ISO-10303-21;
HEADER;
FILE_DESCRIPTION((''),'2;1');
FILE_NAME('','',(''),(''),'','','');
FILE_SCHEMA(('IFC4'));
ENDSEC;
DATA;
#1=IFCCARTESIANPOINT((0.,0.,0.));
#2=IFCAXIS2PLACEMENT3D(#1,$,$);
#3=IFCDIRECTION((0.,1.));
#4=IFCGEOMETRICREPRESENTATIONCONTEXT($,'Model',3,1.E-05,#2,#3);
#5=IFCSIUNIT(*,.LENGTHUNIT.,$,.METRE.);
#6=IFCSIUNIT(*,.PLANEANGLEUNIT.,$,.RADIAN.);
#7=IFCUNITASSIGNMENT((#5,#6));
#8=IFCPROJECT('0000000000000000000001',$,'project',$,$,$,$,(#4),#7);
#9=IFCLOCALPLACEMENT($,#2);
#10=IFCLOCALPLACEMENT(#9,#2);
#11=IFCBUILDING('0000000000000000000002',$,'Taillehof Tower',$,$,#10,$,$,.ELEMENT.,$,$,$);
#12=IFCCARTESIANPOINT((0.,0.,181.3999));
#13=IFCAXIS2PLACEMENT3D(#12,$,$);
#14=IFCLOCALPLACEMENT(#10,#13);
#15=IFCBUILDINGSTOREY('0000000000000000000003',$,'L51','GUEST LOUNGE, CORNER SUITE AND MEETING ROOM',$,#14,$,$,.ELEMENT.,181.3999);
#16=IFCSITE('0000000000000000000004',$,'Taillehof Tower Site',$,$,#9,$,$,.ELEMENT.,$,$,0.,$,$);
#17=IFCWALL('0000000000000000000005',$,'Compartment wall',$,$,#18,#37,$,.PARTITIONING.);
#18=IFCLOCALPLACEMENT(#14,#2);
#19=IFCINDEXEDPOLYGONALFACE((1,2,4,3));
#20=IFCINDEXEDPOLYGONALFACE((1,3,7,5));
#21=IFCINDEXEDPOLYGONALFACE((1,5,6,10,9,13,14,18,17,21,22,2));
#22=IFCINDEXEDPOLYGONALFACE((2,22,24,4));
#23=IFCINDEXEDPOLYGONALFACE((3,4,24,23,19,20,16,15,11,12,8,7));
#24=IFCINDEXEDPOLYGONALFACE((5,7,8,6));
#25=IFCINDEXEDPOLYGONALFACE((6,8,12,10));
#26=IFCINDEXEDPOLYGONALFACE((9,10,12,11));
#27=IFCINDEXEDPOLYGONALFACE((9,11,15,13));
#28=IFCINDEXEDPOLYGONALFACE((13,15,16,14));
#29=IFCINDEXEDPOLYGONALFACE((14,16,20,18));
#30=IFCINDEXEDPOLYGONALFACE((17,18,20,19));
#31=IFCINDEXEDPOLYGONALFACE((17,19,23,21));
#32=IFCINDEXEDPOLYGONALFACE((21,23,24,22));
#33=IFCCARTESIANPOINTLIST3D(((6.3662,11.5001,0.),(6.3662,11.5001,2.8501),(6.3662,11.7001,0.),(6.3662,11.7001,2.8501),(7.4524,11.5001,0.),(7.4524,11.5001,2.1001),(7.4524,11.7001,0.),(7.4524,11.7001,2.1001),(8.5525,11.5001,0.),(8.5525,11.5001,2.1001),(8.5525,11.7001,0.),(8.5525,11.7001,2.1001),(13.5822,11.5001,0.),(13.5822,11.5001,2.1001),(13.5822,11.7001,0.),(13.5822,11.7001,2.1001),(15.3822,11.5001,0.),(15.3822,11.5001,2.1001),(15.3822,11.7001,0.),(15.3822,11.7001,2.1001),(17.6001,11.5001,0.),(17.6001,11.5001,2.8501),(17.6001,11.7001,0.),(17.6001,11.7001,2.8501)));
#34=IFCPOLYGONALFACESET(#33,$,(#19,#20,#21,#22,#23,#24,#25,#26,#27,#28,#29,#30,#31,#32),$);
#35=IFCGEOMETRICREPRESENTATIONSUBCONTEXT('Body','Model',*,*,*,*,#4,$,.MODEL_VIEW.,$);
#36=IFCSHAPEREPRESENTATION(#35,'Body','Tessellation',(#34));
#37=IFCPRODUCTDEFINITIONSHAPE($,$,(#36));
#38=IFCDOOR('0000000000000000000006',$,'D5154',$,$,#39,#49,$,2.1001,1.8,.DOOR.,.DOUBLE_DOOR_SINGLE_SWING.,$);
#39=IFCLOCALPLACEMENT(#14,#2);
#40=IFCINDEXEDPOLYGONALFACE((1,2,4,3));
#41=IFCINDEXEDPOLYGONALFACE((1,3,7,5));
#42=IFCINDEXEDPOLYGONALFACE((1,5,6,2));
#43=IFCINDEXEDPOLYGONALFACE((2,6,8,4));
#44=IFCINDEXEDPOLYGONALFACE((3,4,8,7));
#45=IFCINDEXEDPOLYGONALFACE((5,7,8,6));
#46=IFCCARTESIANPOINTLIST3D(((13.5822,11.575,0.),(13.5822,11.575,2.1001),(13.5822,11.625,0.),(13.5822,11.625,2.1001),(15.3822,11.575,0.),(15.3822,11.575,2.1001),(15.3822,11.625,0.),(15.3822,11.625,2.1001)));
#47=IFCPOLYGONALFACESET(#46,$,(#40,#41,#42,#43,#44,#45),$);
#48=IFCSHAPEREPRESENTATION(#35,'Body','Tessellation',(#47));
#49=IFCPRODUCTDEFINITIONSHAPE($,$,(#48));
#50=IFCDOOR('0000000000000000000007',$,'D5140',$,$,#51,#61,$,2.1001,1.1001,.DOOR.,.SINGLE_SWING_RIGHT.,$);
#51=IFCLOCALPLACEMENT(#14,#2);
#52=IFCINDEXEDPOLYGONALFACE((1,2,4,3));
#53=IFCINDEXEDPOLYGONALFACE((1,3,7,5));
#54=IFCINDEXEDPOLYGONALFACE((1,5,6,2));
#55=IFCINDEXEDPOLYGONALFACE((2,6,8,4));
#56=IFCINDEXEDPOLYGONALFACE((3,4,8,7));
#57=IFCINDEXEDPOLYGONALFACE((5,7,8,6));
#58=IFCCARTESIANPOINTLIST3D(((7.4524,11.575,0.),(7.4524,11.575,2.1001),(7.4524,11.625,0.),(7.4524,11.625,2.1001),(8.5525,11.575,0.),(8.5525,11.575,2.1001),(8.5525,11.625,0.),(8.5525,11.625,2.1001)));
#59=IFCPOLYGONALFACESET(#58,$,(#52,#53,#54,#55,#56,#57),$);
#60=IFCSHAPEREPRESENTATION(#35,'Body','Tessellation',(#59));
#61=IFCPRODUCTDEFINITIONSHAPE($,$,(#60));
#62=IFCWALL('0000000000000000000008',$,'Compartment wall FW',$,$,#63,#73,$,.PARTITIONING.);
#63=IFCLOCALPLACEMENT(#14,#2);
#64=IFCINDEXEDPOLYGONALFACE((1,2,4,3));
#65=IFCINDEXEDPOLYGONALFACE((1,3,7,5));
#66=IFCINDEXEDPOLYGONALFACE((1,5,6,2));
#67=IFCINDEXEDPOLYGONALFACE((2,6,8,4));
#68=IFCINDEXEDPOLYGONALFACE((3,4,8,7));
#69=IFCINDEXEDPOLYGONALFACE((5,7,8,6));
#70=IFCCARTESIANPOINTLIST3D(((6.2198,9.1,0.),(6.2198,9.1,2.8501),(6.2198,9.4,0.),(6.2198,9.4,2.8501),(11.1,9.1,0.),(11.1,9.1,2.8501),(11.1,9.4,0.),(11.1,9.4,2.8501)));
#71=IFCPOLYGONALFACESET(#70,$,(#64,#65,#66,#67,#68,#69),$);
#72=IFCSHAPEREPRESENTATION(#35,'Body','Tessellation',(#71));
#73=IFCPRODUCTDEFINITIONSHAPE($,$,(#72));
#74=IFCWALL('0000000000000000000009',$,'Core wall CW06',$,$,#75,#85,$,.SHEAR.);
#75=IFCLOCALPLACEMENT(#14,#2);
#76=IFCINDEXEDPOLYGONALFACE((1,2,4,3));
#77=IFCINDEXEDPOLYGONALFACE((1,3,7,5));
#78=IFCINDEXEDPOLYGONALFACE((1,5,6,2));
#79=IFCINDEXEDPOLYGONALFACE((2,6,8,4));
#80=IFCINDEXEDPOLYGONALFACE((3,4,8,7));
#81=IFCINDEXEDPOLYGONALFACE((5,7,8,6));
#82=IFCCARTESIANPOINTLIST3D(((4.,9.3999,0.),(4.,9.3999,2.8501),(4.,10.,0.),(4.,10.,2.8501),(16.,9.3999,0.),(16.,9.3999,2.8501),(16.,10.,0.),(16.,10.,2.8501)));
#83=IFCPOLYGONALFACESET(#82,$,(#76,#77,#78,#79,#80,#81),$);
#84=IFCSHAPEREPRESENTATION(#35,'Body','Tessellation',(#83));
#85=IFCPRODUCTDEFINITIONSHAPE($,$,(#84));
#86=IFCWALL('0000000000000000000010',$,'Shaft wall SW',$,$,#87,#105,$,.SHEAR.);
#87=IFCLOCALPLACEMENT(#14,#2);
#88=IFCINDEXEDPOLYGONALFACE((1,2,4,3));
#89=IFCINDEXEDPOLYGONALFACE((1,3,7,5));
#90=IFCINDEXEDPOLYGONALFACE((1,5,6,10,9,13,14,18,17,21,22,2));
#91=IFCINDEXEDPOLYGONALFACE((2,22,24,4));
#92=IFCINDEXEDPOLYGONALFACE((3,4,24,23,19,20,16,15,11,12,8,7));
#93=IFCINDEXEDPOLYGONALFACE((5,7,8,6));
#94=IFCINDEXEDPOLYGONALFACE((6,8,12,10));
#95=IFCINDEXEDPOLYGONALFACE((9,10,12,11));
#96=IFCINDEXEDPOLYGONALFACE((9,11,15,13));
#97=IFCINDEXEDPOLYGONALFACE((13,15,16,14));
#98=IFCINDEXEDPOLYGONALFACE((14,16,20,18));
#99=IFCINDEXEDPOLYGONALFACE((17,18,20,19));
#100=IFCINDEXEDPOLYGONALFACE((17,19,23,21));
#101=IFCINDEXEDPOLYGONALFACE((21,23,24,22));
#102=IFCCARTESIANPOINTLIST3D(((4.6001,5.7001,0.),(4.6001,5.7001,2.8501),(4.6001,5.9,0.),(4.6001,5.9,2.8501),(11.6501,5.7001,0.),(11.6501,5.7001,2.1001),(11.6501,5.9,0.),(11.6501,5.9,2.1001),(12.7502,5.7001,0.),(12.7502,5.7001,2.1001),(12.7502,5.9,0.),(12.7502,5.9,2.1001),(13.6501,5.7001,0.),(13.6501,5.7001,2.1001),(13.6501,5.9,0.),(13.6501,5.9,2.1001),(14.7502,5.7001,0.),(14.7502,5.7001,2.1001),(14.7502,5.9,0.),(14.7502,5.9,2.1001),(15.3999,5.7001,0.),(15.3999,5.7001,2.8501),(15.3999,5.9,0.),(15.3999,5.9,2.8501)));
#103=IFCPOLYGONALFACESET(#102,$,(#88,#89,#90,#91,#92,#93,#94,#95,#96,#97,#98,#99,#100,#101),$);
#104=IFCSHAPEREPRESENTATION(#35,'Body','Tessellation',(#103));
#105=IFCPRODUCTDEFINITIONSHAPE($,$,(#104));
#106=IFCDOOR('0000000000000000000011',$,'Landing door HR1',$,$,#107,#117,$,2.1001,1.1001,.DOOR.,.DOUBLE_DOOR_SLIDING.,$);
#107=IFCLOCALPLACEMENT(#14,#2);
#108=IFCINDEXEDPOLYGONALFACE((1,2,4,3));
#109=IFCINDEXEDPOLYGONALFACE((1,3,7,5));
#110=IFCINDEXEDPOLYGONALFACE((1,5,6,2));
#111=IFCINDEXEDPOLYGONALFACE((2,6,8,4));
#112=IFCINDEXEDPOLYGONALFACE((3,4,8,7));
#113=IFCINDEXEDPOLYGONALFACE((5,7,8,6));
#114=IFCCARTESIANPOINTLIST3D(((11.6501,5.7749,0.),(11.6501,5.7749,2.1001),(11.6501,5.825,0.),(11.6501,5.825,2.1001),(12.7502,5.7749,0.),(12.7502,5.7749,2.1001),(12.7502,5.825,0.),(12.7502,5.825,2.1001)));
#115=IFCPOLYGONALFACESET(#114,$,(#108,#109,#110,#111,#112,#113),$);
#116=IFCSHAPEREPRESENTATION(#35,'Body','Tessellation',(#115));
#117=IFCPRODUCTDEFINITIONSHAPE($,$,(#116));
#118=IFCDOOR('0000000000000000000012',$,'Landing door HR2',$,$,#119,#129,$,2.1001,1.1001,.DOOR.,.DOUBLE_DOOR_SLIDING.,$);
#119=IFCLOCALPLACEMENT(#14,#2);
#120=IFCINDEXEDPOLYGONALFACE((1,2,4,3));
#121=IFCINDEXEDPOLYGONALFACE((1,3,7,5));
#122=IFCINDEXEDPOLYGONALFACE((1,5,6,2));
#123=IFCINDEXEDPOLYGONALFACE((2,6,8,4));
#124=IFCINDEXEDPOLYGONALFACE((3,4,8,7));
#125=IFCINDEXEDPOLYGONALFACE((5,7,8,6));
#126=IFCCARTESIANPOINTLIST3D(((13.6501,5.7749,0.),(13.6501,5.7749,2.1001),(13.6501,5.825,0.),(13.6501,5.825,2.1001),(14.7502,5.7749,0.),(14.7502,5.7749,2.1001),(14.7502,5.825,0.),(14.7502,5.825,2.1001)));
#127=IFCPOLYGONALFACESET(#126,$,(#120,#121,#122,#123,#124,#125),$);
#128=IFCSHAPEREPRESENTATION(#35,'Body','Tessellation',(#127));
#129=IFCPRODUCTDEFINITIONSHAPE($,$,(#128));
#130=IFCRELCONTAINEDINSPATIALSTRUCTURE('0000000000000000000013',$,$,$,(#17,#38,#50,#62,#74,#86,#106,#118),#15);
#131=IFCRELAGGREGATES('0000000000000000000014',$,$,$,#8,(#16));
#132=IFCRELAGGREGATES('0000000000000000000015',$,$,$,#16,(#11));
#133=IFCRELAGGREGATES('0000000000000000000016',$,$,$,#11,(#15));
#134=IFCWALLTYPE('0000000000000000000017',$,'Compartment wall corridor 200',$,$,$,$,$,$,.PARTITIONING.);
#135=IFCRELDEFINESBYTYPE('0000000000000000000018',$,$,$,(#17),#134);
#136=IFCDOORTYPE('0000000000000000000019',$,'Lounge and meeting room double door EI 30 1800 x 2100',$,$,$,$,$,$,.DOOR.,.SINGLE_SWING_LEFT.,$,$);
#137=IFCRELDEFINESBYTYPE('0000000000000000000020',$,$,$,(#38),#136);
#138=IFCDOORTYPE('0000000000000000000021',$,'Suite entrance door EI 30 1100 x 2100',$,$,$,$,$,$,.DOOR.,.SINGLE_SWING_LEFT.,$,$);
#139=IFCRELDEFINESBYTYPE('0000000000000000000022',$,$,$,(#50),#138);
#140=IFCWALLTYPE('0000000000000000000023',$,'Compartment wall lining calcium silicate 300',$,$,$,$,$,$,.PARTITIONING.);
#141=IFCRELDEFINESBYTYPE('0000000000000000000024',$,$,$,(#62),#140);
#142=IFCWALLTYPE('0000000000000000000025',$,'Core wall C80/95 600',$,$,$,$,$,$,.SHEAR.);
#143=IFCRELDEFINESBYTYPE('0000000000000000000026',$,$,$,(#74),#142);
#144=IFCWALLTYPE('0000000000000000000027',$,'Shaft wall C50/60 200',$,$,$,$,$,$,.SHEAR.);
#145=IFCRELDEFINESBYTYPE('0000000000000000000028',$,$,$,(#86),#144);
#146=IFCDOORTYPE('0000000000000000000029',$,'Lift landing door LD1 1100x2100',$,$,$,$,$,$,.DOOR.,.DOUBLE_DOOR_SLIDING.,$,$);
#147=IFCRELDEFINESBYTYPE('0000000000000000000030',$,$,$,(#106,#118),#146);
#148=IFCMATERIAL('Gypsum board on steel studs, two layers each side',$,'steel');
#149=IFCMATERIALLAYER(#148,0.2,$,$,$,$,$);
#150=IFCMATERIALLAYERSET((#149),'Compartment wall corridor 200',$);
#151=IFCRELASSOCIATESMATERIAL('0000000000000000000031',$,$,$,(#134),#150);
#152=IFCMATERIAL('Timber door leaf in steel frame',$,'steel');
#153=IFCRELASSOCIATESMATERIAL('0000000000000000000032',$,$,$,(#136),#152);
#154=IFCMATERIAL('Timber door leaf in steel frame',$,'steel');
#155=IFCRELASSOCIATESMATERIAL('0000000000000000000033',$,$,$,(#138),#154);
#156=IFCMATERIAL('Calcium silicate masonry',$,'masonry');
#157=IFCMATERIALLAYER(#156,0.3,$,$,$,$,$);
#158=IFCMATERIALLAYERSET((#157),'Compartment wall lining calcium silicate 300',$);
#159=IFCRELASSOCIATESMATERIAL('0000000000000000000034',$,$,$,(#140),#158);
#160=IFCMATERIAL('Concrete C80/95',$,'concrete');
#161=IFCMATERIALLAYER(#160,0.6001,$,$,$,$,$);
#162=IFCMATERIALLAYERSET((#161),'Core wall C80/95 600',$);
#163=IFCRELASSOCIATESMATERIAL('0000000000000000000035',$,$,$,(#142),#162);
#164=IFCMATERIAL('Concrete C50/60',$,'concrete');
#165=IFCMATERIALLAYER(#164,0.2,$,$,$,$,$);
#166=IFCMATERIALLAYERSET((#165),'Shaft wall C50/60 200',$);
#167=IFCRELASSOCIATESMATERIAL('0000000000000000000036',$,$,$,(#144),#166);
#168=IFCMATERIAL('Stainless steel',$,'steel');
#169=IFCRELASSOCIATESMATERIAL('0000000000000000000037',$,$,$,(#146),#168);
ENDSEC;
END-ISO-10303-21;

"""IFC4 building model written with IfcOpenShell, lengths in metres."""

from ifc_helpers import new_model, si_unit, direction, frame, frame_2d, origin, place, context, subcontext, project, spatial, rectangle, extrude, material, layer, layer_set, type_object, element, fill, save


model = new_model("IFC4")

# Units and contexts
model_context = context("Model", 3, precision=1e-05, world=origin(), true_north=direction((0.0, 1.0)))
body_context = subcontext(model_context, "Body", "Model", "MODEL_VIEW")
ifc_project = project(units=[si_unit("LENGTHUNIT", "METRE"), si_unit("PLANEANGLEUNIT", "RADIAN")], contexts=[model_context])

# Site, building, storey
site_placement = place(None, origin())
site = spatial("IfcSite", under=ifc_project, at=site_placement, Name="Taillehof Tower Site", CompositionType="ELEMENT", RefElevation=0.0)
building_placement = place(site_placement, origin())
building = spatial("IfcBuilding", under=site, at=building_placement, Name="Taillehof Tower", CompositionType="ELEMENT")
storey_placement = place(building_placement, frame((0.0, 0.0, 181.3999)))
storey = spatial("IfcBuildingStorey", under=building, at=storey_placement, Name="L51", Description="GUEST LOUNGE, CORNER SUITE AND MEETING ROOM", CompositionType="ELEMENT", Elevation=181.3999)

# Wall, openings, doors
ifc_material_1 = material(Name="Gypsum board on steel studs, two layers each side", Category="steel")
ifc_layer_1 = layer(ifc_material_1, 0.2)
ifc_layer_set_1 = layer_set([ifc_layer_1], Name="Compartment wall corridor 200")
wall_type_1 = type_object("IfcWallType", Name="Compartment wall corridor 200", PredefinedType="PARTITIONING", material=ifc_layer_set_1)
wall_1_placement = place(storey_placement, frame((6.3662, 11.6001, 0.0), z_axis=(0.0, 0.0, 1.0), x_axis=(1.0, 0.0, 0.0)))
wall_1 = element("IfcWall", 1, at=wall_1_placement, inside=storey, type_object=wall_type_1, Name="Compartment wall", PredefinedType="PARTITIONING", context=body_context, shape_type="SweptSolid", body=[
    extrude(rectangle(XDim=11.2339, YDim=0.2, at=frame_2d((5.6169, 0.0))), origin(), (0.0, 0.0, 1.0), 2.8501),
])
opening_1_placement = place(wall_1_placement, frame((1.0862, 0.0, 0.0)))
opening_1 = element("IfcOpeningElement", 2, at=opening_1_placement, cuts=wall_1, PredefinedType="OPENING", context=body_context, shape_type="SweptSolid", body=[
    extrude(rectangle(XDim=1.1001, YDim=2.1001, at=frame_2d((0.55, 1.05))), frame((0.0, 0.1099, 0.0), z_axis=(0.0, -1.0, 0.0), x_axis=(1.0, 0.0, 0.0)), (0.0, 0.0, 1.0), 0.22),
])
opening_2_placement = place(wall_1_placement, frame((7.2161, 0.0, 0.0)))
opening_2 = element("IfcOpeningElement", 3, at=opening_2_placement, cuts=wall_1, PredefinedType="OPENING", context=body_context, shape_type="SweptSolid", body=[
    extrude(rectangle(XDim=1.8, YDim=2.1001, at=frame_2d((0.8999, 1.05))), frame((0.0, 0.1099, 0.0), z_axis=(0.0, -1.0, 0.0), x_axis=(1.0, 0.0, 0.0)), (0.0, 0.0, 1.0), 0.22),
])
ifc_material_2 = material(Name="Timber door leaf in steel frame", Category="steel")
door_type_1 = type_object("IfcDoorType", Name="Lounge and meeting room double door EI 30 1800 x 2100", OperationType="SINGLE_SWING_LEFT", PredefinedType="DOOR", material=ifc_material_2)
door_1_placement = place(opening_2_placement, origin())
door_1 = element("IfcDoor", 4, at=door_1_placement, inside=storey, type_object=door_type_1, Name="D5154", OperationType="DOUBLE_DOOR_SINGLE_SWING", OverallHeight=2.1001, OverallWidth=1.8, PredefinedType="DOOR", context=body_context, shape_type="SweptSolid", body=[
    extrude(rectangle(XDim=1.8, YDim=2.1001, at=frame_2d((0.8999, 1.05))), frame((0.0, 0.0249, 0.0), z_axis=(0.0, -1.0, 0.0), x_axis=(1.0, 0.0, 0.0)), (0.0, 0.0, 1.0), 0.05),
])
fill(opening_2, door_1)
ifc_material_3 = material(Name="Timber door leaf in steel frame", Category="steel")
door_type_2 = type_object("IfcDoorType", Name="Suite entrance door EI 30 1100 x 2100", OperationType="SINGLE_SWING_LEFT", PredefinedType="DOOR", material=ifc_material_3)
door_2_placement = place(opening_1_placement, origin())
door_2 = element("IfcDoor", 5, at=door_2_placement, inside=storey, type_object=door_type_2, Name="D5140", OperationType="SINGLE_SWING_RIGHT", OverallHeight=2.1001, OverallWidth=1.1001, PredefinedType="DOOR", context=body_context, shape_type="SweptSolid", body=[
    extrude(rectangle(XDim=1.1001, YDim=2.1001, at=frame_2d((0.55, 1.05))), frame((0.0, 0.0249, 0.0), z_axis=(0.0, -1.0, 0.0), x_axis=(1.0, 0.0, 0.0)), (0.0, 0.0, 1.0), 0.05),
])
fill(opening_1, door_2)

# Walls
ifc_material_4 = material(Name="Calcium silicate masonry", Category="masonry")
ifc_layer_2 = layer(ifc_material_4, 0.3)
ifc_layer_set_2 = layer_set([ifc_layer_2], Name="Compartment wall lining calcium silicate 300")
wall_type_2 = type_object("IfcWallType", Name="Compartment wall lining calcium silicate 300", PredefinedType="PARTITIONING", material=ifc_layer_set_2)
wall_2_placement = place(storey_placement, frame((6.22, 9.25, 0.0), z_axis=(0.0, 0.0, 1.0), x_axis=(1.0, 0.0, 0.0)))
element("IfcWall", 6, at=wall_2_placement, inside=storey, type_object=wall_type_2, Name="Compartment wall FW", PredefinedType="PARTITIONING", context=body_context, shape_type="SweptSolid", body=[
    extrude(rectangle(XDim=4.8801, YDim=0.3, at=frame_2d((2.4399, 0.0))), origin(), (0.0, 0.0, 1.0), 2.8501),
])
ifc_material_5 = material(Name="Concrete C80/95", Category="concrete")
ifc_layer_3 = layer(ifc_material_5, 0.6001)
ifc_layer_set_3 = layer_set([ifc_layer_3], Name="Core wall C80/95 600")
wall_type_3 = type_object("IfcWallType", Name="Core wall C80/95 600", PredefinedType="SHEAR", material=ifc_layer_set_3)
wall_3_placement = place(storey_placement, frame((4.0, 9.7, 0.0), z_axis=(0.0, 0.0, 1.0), x_axis=(1.0, 0.0, 0.0)))
element("IfcWall", 7, at=wall_3_placement, inside=storey, type_object=wall_type_3, Name="Core wall CW06", PredefinedType="SHEAR", context=body_context, shape_type="SweptSolid", body=[
    extrude(rectangle(XDim=12.0, YDim=0.6001, at=frame_2d((6.0, 0.0))), origin(), (0.0, 0.0, 1.0), 2.8501),
])

# Wall, openings, doors
ifc_material_6 = material(Name="Concrete C50/60", Category="concrete")
ifc_layer_4 = layer(ifc_material_6, 0.2)
ifc_layer_set_4 = layer_set([ifc_layer_4], Name="Shaft wall C50/60 200")
wall_type_4 = type_object("IfcWallType", Name="Shaft wall C50/60 200", PredefinedType="SHEAR", material=ifc_layer_set_4)
wall_4_placement = place(storey_placement, frame((4.6001, 5.8, 0.0), z_axis=(0.0, 0.0, 1.0), x_axis=(1.0, 0.0, 0.0)))
wall_4 = element("IfcWall", 8, at=wall_4_placement, inside=storey, type_object=wall_type_4, Name="Shaft wall SW", PredefinedType="SHEAR", context=body_context, shape_type="SweptSolid", body=[
    extrude(rectangle(XDim=10.7998, YDim=0.2, at=frame_2d((5.3999, 0.0))), origin(), (0.0, 0.0, 1.0), 2.8501),
])
opening_3_placement = place(wall_4_placement, frame((7.05, 0.0, 0.0)))
opening_3 = element("IfcOpeningElement", 9, at=opening_3_placement, cuts=wall_4, PredefinedType="OPENING", context=body_context, shape_type="SweptSolid", body=[
    extrude(rectangle(XDim=1.1001, YDim=2.1001, at=frame_2d((0.55, 1.05))), frame((0.0, 0.1099, 0.0), z_axis=(0.0, -1.0, 0.0), x_axis=(1.0, 0.0, 0.0)), (0.0, 0.0, 1.0), 0.22),
])
opening_4_placement = place(wall_4_placement, frame((9.05, 0.0, 0.0)))
opening_4 = element("IfcOpeningElement", 10, at=opening_4_placement, cuts=wall_4, PredefinedType="OPENING", context=body_context, shape_type="SweptSolid", body=[
    extrude(rectangle(XDim=1.1001, YDim=2.1001, at=frame_2d((0.55, 1.05))), frame((0.0, 0.1099, 0.0), z_axis=(0.0, -1.0, 0.0), x_axis=(1.0, 0.0, 0.0)), (0.0, 0.0, 1.0), 0.22),
])
ifc_material_7 = material(Name="Stainless steel", Category="steel")
door_type_3 = type_object("IfcDoorType", Name="Lift landing door LD1 1100x2100", OperationType="DOUBLE_DOOR_SLIDING", PredefinedType="DOOR", material=ifc_material_7)
door_3_placement = place(opening_3_placement, origin())
door_3 = element("IfcDoor", 11, at=door_3_placement, inside=storey, type_object=door_type_3, Name="Landing door HR1", OperationType="DOUBLE_DOOR_SLIDING", OverallHeight=2.1001, OverallWidth=1.1001, PredefinedType="DOOR", context=body_context, shape_type="SweptSolid", body=[
    extrude(rectangle(XDim=1.1001, YDim=2.1001, at=frame_2d((0.55, 1.05))), frame((0.0, 0.0249, 0.0), z_axis=(0.0, -1.0, 0.0), x_axis=(1.0, 0.0, 0.0)), (0.0, 0.0, 1.0), 0.05),
])
fill(opening_3, door_3)
door_4_placement = place(opening_4_placement, origin())
door_4 = element("IfcDoor", 12, at=door_4_placement, inside=storey, type_object=door_type_3, Name="Landing door HR2", OperationType="DOUBLE_DOOR_SLIDING", OverallHeight=2.1001, OverallWidth=1.1001, PredefinedType="DOOR", context=body_context, shape_type="SweptSolid", body=[
    extrude(rectangle(XDim=1.1001, YDim=2.1001, at=frame_2d((0.55, 1.05))), frame((0.0, 0.0249, 0.0), z_axis=(0.0, -1.0, 0.0), x_axis=(1.0, 0.0, 0.0)), (0.0, 0.0, 1.0), 0.05),
])
fill(opening_4, door_4)

save(model, "model.ifc")
